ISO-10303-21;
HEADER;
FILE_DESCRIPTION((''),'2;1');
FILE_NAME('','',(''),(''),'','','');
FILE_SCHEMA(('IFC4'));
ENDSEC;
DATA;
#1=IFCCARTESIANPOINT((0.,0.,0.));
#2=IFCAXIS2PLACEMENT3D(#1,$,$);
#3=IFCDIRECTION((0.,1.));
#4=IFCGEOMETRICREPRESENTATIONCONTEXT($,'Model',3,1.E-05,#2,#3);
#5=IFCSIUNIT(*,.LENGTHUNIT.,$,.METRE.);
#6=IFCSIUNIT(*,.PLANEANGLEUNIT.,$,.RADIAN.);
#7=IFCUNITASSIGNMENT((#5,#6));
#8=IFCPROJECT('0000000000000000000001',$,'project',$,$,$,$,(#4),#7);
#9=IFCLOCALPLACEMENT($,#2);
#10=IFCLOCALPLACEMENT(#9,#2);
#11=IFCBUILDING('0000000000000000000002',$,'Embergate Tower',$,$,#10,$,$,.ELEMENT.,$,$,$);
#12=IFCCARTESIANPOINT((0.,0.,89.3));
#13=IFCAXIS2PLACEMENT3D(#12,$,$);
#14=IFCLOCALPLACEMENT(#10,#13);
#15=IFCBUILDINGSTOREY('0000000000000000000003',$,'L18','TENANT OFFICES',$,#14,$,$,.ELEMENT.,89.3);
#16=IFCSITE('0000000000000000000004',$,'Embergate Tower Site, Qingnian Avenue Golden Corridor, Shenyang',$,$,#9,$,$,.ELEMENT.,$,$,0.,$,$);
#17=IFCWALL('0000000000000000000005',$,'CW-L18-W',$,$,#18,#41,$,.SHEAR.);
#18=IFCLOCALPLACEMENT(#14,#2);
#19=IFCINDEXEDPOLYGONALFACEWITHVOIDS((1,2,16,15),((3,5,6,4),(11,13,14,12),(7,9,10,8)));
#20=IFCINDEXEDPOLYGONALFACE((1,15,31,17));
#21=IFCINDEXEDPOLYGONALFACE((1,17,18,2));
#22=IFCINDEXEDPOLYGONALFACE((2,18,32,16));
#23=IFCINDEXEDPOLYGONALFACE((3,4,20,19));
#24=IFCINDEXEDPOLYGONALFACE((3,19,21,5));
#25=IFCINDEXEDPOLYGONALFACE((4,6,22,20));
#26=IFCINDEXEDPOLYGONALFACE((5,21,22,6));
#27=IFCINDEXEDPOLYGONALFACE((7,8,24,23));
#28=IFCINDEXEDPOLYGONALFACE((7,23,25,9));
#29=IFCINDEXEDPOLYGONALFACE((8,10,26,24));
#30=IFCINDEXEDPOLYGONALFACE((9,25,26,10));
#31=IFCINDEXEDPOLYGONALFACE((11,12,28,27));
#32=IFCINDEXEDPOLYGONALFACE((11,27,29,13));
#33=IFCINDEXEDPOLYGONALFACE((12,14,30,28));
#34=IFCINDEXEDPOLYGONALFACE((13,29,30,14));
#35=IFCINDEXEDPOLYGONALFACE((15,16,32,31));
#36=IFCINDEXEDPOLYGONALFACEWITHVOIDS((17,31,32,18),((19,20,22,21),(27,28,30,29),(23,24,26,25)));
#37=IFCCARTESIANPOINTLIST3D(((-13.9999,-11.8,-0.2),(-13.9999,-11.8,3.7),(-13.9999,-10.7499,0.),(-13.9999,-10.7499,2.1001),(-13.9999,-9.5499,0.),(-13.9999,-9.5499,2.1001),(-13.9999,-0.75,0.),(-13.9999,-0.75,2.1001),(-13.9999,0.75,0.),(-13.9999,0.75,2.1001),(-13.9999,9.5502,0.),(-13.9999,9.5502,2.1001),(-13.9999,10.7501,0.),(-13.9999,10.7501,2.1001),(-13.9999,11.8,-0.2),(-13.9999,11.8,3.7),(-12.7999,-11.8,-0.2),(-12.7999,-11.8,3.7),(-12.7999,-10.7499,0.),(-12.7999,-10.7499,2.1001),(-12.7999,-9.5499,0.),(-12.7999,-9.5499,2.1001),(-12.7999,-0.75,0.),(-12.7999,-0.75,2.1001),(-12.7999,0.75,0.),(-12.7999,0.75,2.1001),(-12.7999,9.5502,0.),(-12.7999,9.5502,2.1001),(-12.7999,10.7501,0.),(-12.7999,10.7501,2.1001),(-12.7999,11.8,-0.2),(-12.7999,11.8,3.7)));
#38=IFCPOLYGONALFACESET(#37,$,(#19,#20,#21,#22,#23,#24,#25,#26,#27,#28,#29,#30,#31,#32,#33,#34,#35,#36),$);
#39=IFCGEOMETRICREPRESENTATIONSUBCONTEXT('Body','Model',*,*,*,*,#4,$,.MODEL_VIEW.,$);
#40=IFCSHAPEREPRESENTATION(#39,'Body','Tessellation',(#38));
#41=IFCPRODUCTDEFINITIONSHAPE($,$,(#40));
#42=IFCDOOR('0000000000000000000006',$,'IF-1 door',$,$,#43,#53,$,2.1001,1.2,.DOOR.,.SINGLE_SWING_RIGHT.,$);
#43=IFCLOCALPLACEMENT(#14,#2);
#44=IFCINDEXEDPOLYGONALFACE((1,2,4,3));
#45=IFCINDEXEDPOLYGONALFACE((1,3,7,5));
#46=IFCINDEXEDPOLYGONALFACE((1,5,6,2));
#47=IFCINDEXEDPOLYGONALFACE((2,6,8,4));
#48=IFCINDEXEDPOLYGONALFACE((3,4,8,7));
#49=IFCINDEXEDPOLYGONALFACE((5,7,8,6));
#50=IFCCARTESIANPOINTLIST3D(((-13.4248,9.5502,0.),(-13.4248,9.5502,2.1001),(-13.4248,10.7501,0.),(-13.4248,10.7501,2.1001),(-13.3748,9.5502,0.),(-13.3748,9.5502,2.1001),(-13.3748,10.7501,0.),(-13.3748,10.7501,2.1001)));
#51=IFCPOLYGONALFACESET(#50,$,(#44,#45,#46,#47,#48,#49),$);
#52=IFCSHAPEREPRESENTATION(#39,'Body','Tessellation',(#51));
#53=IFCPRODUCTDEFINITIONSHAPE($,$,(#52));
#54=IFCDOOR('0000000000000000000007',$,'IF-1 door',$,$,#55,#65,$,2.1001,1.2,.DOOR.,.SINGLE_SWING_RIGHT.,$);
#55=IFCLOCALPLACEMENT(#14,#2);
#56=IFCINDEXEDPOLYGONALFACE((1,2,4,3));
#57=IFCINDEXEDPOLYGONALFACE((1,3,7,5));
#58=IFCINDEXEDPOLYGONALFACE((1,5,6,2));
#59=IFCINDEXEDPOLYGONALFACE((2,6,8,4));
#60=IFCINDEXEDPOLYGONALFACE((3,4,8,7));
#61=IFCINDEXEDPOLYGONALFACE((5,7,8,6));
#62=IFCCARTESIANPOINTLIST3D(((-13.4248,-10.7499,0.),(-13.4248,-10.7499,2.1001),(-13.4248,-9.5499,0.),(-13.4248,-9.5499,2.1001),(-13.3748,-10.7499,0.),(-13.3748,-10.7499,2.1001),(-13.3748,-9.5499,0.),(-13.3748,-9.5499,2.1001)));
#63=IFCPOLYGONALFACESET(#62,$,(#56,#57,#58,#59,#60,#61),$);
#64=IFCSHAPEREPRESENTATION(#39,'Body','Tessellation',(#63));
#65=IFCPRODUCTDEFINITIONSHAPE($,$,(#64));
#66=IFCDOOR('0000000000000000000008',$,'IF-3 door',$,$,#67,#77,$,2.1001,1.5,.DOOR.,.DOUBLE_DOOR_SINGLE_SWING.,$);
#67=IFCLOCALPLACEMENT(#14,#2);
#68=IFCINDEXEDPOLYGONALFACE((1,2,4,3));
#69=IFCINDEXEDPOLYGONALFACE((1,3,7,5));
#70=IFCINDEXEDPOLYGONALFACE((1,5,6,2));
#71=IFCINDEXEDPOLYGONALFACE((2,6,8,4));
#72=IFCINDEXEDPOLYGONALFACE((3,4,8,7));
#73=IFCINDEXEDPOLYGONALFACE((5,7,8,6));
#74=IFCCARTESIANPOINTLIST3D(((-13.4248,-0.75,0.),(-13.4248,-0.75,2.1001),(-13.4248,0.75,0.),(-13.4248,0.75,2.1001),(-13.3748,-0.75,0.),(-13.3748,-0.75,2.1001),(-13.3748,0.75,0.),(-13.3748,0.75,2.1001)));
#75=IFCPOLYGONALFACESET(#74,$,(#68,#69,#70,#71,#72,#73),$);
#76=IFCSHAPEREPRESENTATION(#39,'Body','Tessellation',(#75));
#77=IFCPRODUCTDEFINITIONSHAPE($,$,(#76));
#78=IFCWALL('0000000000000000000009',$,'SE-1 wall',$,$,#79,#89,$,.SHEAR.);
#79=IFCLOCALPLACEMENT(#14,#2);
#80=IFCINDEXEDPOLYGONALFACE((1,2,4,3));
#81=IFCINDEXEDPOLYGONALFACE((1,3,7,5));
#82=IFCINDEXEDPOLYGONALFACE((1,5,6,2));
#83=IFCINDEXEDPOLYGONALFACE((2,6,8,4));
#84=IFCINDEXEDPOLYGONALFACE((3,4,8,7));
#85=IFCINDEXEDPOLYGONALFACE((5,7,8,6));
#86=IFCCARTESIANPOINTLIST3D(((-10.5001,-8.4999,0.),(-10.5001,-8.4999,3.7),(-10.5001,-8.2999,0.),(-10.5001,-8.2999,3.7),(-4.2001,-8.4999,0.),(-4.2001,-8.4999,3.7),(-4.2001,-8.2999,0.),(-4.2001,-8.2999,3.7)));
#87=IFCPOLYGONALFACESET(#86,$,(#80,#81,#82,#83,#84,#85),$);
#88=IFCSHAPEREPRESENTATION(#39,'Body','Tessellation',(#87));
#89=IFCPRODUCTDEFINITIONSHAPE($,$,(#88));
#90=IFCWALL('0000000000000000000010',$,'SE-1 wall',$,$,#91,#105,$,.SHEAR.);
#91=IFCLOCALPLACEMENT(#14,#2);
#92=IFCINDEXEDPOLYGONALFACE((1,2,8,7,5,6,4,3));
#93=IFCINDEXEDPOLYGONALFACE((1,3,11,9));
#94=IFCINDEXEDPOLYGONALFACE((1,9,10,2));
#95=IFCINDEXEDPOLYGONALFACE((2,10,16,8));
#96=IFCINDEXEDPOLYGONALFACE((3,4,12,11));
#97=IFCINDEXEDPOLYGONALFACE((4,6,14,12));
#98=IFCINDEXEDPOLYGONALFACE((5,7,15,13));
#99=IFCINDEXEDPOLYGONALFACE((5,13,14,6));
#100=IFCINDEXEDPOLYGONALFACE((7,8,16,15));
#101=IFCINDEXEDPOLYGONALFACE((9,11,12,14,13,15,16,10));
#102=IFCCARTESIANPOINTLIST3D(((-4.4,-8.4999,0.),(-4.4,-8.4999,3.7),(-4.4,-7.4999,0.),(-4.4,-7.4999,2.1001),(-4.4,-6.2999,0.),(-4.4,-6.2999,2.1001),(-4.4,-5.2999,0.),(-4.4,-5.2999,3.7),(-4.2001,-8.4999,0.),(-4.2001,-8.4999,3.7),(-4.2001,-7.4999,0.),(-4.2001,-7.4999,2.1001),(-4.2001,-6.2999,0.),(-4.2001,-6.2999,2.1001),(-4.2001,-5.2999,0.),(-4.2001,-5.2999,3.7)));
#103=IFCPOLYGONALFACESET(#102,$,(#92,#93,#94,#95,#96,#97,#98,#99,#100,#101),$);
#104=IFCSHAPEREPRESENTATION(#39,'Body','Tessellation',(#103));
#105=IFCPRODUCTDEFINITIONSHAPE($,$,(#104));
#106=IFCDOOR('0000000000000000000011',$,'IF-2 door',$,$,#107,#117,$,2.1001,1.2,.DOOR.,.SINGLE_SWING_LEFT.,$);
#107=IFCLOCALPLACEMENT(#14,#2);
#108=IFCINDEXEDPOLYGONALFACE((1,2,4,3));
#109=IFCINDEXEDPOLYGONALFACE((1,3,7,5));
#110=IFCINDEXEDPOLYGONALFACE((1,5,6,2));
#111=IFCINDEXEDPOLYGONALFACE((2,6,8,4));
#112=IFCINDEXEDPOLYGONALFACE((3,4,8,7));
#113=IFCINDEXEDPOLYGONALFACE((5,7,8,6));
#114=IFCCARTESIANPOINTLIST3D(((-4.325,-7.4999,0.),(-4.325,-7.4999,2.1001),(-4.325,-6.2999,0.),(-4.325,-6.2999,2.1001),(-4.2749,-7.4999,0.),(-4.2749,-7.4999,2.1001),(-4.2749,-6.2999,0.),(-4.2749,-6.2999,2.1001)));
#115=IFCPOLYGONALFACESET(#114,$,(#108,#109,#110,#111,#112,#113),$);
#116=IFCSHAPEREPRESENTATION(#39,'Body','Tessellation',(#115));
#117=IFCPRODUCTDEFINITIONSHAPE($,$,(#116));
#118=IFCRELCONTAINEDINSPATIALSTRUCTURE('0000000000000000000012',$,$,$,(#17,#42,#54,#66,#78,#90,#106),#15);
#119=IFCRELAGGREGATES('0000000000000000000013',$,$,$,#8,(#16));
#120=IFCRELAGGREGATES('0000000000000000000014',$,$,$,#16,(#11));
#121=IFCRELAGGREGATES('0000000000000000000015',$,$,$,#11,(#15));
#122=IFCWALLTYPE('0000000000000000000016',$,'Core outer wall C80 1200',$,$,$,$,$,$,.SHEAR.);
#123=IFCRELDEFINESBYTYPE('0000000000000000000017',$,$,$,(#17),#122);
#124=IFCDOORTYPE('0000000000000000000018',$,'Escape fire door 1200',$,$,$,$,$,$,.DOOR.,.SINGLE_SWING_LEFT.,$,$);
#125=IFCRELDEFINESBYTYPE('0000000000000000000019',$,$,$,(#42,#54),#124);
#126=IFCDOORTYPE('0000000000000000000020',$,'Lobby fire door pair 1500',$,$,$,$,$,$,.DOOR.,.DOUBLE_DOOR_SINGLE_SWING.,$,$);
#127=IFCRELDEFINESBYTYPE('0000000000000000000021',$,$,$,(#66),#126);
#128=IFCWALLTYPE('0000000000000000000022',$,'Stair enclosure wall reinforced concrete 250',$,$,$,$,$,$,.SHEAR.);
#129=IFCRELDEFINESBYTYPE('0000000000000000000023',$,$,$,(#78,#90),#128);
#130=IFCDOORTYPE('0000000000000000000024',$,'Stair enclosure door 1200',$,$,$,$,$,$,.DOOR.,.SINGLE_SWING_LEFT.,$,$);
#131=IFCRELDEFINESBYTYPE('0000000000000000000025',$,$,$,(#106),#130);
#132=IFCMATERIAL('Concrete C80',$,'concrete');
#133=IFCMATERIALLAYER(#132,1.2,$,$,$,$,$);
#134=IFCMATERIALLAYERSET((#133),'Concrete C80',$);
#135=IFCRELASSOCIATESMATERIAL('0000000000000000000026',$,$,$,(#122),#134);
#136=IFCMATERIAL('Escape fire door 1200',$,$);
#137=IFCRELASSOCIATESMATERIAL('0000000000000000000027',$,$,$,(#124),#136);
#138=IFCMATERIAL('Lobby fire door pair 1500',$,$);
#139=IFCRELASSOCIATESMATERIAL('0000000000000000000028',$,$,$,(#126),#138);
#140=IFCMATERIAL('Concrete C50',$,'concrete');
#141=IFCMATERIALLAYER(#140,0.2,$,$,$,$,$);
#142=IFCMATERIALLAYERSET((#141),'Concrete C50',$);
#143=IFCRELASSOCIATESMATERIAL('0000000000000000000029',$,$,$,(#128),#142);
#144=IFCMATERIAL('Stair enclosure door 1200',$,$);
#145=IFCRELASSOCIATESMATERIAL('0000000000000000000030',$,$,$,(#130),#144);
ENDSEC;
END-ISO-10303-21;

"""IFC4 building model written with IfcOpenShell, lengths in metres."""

from ifc_helpers import new_model, si_unit, direction, frame, frame_2d, origin, place, context, subcontext, project, spatial, rectangle, extrude, source, transform, mapped, material, layer, layer_set, type_object, element, fill, save


model = new_model("IFC4")

# Units and contexts
model_context = context("Model", 3, precision=1e-05, world=origin(), true_north=direction((0.0, 1.0)))
body_context = subcontext(model_context, "Body", "Model", "MODEL_VIEW")
ifc_project = project(units=[si_unit("LENGTHUNIT", "METRE"), si_unit("PLANEANGLEUNIT", "RADIAN")], contexts=[model_context])

# Site, building, storey
site_placement = place(None, origin())
site = spatial("IfcSite", under=ifc_project, at=site_placement, Name="Embergate Tower Site, Qingnian Avenue Golden Corridor, Shenyang", CompositionType="ELEMENT", RefElevation=0.0)
building_placement = place(site_placement, origin())
building = spatial("IfcBuilding", under=site, at=building_placement, Name="Embergate Tower", CompositionType="ELEMENT")
storey_placement = place(building_placement, frame((0.0, 0.0, 89.3)))
storey = spatial("IfcBuildingStorey", under=building, at=storey_placement, Name="L18", Description="TENANT OFFICES", CompositionType="ELEMENT", Elevation=89.3)

# Shared definitions
ifc_material_1 = material(Name="Concrete C80", Category="concrete")
ifc_layer_1 = layer(ifc_material_1, 1.2)
ifc_layer_set_1 = layer_set([ifc_layer_1], Name="Concrete C80")
wall_type_1 = type_object("IfcWallType", Name="Core outer wall C80 1200", PredefinedType="SHEAR", material=ifc_layer_set_1)

# Wall, openings, doors
shared_shape_1 = source(origin(), body_context, "Body", "SweptSolid", [
    extrude(rectangle(XDim=23.6001, YDim=1.2, at=frame_2d((11.8, 0.0))), origin(), (0.0, 0.0, 1.0), 3.8999),
])
wall_1_placement = place(storey_placement, frame((-13.3999, -11.8, -0.2), z_axis=(0.0, 0.0, 1.0), x_axis=(0.0, 1.0, 0.0)))
wall_1 = element("IfcWall", 1, at=wall_1_placement, inside=storey, type_object=wall_type_1, Name="CW-L18-W", PredefinedType="SHEAR", context=body_context, shape_type="MappedRepresentation", body=[
    mapped(shared_shape_1, transform((0.0, 0.0, 0.0))),
])
shared_shape_2 = source(origin(), body_context, "Body", "SweptSolid", [
    extrude(rectangle(XDim=1.2, YDim=2.1001, at=frame_2d((0.6001, 1.05))), frame((0.0, 0.6099, 0.0), z_axis=(0.0, -1.0, 0.0), x_axis=(1.0, 0.0, 0.0)), (0.0, 0.0, 1.0), 1.22),
])
opening_1_placement = place(wall_1_placement, frame((21.3501, 0.0, 0.2)))
opening_1 = element("IfcOpeningElement", 2, at=opening_1_placement, cuts=wall_1, PredefinedType="OPENING", context=body_context, shape_type="MappedRepresentation", body=[
    mapped(shared_shape_2, transform((0.0, 0.0, 0.0))),
])
opening_2_placement = place(wall_1_placement, frame((1.05, 0.0, 0.2)))
opening_2 = element("IfcOpeningElement", 3, at=opening_2_placement, cuts=wall_1, PredefinedType="OPENING", context=body_context, shape_type="MappedRepresentation", body=[
    mapped(shared_shape_2, transform((0.0, 0.0, 0.0))),
])
shared_shape_3 = source(origin(), body_context, "Body", "SweptSolid", [
    extrude(rectangle(XDim=1.5, YDim=2.1001, at=frame_2d((0.75, 1.05))), frame((0.0, 0.6099, 0.0), z_axis=(0.0, -1.0, 0.0), x_axis=(1.0, 0.0, 0.0)), (0.0, 0.0, 1.0), 1.22),
])
opening_3_placement = place(wall_1_placement, frame((11.05, 0.0, 0.2)))
opening_3 = element("IfcOpeningElement", 4, at=opening_3_placement, cuts=wall_1, PredefinedType="OPENING", context=body_context, shape_type="MappedRepresentation", body=[
    mapped(shared_shape_3, transform((0.0, 0.0, 0.0))),
])
ifc_material_2 = material(Name="Escape fire door 1200")
door_type_1 = type_object("IfcDoorType", Name="Escape fire door 1200", OperationType="SINGLE_SWING_LEFT", PredefinedType="DOOR", material=ifc_material_2)
shared_shape_4 = source(origin(), body_context, "Body", "SweptSolid", [
    extrude(rectangle(XDim=1.2, YDim=2.1001, at=frame_2d((0.6001, 1.05))), frame((0.0, 0.0249, 0.0), z_axis=(0.0, -1.0, 0.0), x_axis=(1.0, 0.0, 0.0)), (0.0, 0.0, 1.0), 0.05),
])
door_1_placement = place(opening_1_placement, origin())
door_1 = element("IfcDoor", 5, at=door_1_placement, inside=storey, type_object=door_type_1, Name="IF-1 door", OperationType="SINGLE_SWING_RIGHT", OverallHeight=2.1001, OverallWidth=1.2, PredefinedType="DOOR", context=body_context, shape_type="MappedRepresentation", body=[
    mapped(shared_shape_4, transform((0.0, 0.0, 0.0))),
])
fill(opening_1, door_1)
door_2_placement = place(opening_2_placement, origin())
door_2 = element("IfcDoor", 6, at=door_2_placement, inside=storey, type_object=door_type_1, Name="IF-1 door", OperationType="SINGLE_SWING_RIGHT", OverallHeight=2.1001, OverallWidth=1.2, PredefinedType="DOOR", context=body_context, shape_type="MappedRepresentation", body=[
    mapped(shared_shape_4, transform((0.0, 0.0, 0.0))),
])
fill(opening_2, door_2)
ifc_material_3 = material(Name="Lobby fire door pair 1500")
door_type_2 = type_object("IfcDoorType", Name="Lobby fire door pair 1500", OperationType="DOUBLE_DOOR_SINGLE_SWING", PredefinedType="DOOR", material=ifc_material_3)
shared_shape_5 = source(origin(), body_context, "Body", "SweptSolid", [
    extrude(rectangle(XDim=1.5, YDim=2.1001, at=frame_2d((0.75, 1.05))), frame((0.0, 0.0249, 0.0), z_axis=(0.0, -1.0, 0.0), x_axis=(1.0, 0.0, 0.0)), (0.0, 0.0, 1.0), 0.05),
])
door_3_placement = place(opening_3_placement, origin())
door_3 = element("IfcDoor", 7, at=door_3_placement, inside=storey, type_object=door_type_2, Name="IF-3 door", OperationType="DOUBLE_DOOR_SINGLE_SWING", OverallHeight=2.1001, OverallWidth=1.5, PredefinedType="DOOR", context=body_context, shape_type="MappedRepresentation", body=[
    mapped(shared_shape_5, transform((0.0, 0.0, 0.0))),
])
fill(opening_3, door_3)

# Wall
ifc_material_4 = material(Name="Concrete C50", Category="concrete")
ifc_layer_2 = layer(ifc_material_4, 0.2)
ifc_layer_set_2 = layer_set([ifc_layer_2], Name="Concrete C50")
wall_type_2 = type_object("IfcWallType", Name="Stair enclosure wall reinforced concrete 250", PredefinedType="SHEAR", material=ifc_layer_set_2)
shared_shape_6 = source(origin(), body_context, "Body", "SweptSolid", [
    extrude(rectangle(XDim=6.3, YDim=0.2, at=frame_2d((3.1499, 0.0))), origin(), (0.0, 0.0, 1.0), 3.7),
])
wall_2_placement = place(storey_placement, frame((-10.5, -8.3999, 0.0), z_axis=(0.0, 0.0, 1.0), x_axis=(1.0, 0.0, 0.0)))
element("IfcWall", 8, at=wall_2_placement, inside=storey, type_object=wall_type_2, Name="SE-1 wall", PredefinedType="SHEAR", context=body_context, shape_type="MappedRepresentation", body=[
    mapped(shared_shape_6, transform((0.0, 0.0, 0.0))),
])

# Wall, opening, door
shared_shape_7 = source(origin(), body_context, "Body", "SweptSolid", [
    extrude(rectangle(XDim=3.2, YDim=0.2, at=frame_2d((1.6001, 0.0))), origin(), (0.0, 0.0, 1.0), 3.7),
])
wall_3_placement = place(storey_placement, frame((-4.3, -8.5, 0.0), z_axis=(0.0, 0.0, 1.0), x_axis=(0.0, 1.0, 0.0)))
wall_3 = element("IfcWall", 9, at=wall_3_placement, inside=storey, type_object=wall_type_2, Name="SE-1 wall", PredefinedType="SHEAR", context=body_context, shape_type="MappedRepresentation", body=[
    mapped(shared_shape_7, transform((0.0, 0.0, 0.0))),
])
shared_shape_8 = source(origin(), body_context, "Body", "SweptSolid", [
    extrude(rectangle(XDim=1.2, YDim=2.1001, at=frame_2d((0.6001, 1.05))), frame((0.0, 0.1099, 0.0), z_axis=(0.0, -1.0, 0.0), x_axis=(1.0, 0.0, 0.0)), (0.0, 0.0, 1.0), 0.22),
])
opening_4_placement = place(wall_3_placement, frame((1.0, 0.0, 0.0)))
opening_4 = element("IfcOpeningElement", 10, at=opening_4_placement, cuts=wall_3, PredefinedType="OPENING", context=body_context, shape_type="MappedRepresentation", body=[
    mapped(shared_shape_8, transform((0.0, 0.0, 0.0))),
])
ifc_material_5 = material(Name="Stair enclosure door 1200")
door_type_3 = type_object("IfcDoorType", Name="Stair enclosure door 1200", OperationType="SINGLE_SWING_LEFT", PredefinedType="DOOR", material=ifc_material_5)
door_4_placement = place(opening_4_placement, origin())
door_4 = element("IfcDoor", 11, at=door_4_placement, inside=storey, type_object=door_type_3, Name="IF-2 door", OperationType="SINGLE_SWING_LEFT", OverallHeight=2.1001, OverallWidth=1.2, PredefinedType="DOOR", context=body_context, shape_type="MappedRepresentation", body=[
    mapped(shared_shape_4, transform((0.0, 0.0, 0.0))),
])
fill(opening_4, door_4)

save(model, "model.ifc")
